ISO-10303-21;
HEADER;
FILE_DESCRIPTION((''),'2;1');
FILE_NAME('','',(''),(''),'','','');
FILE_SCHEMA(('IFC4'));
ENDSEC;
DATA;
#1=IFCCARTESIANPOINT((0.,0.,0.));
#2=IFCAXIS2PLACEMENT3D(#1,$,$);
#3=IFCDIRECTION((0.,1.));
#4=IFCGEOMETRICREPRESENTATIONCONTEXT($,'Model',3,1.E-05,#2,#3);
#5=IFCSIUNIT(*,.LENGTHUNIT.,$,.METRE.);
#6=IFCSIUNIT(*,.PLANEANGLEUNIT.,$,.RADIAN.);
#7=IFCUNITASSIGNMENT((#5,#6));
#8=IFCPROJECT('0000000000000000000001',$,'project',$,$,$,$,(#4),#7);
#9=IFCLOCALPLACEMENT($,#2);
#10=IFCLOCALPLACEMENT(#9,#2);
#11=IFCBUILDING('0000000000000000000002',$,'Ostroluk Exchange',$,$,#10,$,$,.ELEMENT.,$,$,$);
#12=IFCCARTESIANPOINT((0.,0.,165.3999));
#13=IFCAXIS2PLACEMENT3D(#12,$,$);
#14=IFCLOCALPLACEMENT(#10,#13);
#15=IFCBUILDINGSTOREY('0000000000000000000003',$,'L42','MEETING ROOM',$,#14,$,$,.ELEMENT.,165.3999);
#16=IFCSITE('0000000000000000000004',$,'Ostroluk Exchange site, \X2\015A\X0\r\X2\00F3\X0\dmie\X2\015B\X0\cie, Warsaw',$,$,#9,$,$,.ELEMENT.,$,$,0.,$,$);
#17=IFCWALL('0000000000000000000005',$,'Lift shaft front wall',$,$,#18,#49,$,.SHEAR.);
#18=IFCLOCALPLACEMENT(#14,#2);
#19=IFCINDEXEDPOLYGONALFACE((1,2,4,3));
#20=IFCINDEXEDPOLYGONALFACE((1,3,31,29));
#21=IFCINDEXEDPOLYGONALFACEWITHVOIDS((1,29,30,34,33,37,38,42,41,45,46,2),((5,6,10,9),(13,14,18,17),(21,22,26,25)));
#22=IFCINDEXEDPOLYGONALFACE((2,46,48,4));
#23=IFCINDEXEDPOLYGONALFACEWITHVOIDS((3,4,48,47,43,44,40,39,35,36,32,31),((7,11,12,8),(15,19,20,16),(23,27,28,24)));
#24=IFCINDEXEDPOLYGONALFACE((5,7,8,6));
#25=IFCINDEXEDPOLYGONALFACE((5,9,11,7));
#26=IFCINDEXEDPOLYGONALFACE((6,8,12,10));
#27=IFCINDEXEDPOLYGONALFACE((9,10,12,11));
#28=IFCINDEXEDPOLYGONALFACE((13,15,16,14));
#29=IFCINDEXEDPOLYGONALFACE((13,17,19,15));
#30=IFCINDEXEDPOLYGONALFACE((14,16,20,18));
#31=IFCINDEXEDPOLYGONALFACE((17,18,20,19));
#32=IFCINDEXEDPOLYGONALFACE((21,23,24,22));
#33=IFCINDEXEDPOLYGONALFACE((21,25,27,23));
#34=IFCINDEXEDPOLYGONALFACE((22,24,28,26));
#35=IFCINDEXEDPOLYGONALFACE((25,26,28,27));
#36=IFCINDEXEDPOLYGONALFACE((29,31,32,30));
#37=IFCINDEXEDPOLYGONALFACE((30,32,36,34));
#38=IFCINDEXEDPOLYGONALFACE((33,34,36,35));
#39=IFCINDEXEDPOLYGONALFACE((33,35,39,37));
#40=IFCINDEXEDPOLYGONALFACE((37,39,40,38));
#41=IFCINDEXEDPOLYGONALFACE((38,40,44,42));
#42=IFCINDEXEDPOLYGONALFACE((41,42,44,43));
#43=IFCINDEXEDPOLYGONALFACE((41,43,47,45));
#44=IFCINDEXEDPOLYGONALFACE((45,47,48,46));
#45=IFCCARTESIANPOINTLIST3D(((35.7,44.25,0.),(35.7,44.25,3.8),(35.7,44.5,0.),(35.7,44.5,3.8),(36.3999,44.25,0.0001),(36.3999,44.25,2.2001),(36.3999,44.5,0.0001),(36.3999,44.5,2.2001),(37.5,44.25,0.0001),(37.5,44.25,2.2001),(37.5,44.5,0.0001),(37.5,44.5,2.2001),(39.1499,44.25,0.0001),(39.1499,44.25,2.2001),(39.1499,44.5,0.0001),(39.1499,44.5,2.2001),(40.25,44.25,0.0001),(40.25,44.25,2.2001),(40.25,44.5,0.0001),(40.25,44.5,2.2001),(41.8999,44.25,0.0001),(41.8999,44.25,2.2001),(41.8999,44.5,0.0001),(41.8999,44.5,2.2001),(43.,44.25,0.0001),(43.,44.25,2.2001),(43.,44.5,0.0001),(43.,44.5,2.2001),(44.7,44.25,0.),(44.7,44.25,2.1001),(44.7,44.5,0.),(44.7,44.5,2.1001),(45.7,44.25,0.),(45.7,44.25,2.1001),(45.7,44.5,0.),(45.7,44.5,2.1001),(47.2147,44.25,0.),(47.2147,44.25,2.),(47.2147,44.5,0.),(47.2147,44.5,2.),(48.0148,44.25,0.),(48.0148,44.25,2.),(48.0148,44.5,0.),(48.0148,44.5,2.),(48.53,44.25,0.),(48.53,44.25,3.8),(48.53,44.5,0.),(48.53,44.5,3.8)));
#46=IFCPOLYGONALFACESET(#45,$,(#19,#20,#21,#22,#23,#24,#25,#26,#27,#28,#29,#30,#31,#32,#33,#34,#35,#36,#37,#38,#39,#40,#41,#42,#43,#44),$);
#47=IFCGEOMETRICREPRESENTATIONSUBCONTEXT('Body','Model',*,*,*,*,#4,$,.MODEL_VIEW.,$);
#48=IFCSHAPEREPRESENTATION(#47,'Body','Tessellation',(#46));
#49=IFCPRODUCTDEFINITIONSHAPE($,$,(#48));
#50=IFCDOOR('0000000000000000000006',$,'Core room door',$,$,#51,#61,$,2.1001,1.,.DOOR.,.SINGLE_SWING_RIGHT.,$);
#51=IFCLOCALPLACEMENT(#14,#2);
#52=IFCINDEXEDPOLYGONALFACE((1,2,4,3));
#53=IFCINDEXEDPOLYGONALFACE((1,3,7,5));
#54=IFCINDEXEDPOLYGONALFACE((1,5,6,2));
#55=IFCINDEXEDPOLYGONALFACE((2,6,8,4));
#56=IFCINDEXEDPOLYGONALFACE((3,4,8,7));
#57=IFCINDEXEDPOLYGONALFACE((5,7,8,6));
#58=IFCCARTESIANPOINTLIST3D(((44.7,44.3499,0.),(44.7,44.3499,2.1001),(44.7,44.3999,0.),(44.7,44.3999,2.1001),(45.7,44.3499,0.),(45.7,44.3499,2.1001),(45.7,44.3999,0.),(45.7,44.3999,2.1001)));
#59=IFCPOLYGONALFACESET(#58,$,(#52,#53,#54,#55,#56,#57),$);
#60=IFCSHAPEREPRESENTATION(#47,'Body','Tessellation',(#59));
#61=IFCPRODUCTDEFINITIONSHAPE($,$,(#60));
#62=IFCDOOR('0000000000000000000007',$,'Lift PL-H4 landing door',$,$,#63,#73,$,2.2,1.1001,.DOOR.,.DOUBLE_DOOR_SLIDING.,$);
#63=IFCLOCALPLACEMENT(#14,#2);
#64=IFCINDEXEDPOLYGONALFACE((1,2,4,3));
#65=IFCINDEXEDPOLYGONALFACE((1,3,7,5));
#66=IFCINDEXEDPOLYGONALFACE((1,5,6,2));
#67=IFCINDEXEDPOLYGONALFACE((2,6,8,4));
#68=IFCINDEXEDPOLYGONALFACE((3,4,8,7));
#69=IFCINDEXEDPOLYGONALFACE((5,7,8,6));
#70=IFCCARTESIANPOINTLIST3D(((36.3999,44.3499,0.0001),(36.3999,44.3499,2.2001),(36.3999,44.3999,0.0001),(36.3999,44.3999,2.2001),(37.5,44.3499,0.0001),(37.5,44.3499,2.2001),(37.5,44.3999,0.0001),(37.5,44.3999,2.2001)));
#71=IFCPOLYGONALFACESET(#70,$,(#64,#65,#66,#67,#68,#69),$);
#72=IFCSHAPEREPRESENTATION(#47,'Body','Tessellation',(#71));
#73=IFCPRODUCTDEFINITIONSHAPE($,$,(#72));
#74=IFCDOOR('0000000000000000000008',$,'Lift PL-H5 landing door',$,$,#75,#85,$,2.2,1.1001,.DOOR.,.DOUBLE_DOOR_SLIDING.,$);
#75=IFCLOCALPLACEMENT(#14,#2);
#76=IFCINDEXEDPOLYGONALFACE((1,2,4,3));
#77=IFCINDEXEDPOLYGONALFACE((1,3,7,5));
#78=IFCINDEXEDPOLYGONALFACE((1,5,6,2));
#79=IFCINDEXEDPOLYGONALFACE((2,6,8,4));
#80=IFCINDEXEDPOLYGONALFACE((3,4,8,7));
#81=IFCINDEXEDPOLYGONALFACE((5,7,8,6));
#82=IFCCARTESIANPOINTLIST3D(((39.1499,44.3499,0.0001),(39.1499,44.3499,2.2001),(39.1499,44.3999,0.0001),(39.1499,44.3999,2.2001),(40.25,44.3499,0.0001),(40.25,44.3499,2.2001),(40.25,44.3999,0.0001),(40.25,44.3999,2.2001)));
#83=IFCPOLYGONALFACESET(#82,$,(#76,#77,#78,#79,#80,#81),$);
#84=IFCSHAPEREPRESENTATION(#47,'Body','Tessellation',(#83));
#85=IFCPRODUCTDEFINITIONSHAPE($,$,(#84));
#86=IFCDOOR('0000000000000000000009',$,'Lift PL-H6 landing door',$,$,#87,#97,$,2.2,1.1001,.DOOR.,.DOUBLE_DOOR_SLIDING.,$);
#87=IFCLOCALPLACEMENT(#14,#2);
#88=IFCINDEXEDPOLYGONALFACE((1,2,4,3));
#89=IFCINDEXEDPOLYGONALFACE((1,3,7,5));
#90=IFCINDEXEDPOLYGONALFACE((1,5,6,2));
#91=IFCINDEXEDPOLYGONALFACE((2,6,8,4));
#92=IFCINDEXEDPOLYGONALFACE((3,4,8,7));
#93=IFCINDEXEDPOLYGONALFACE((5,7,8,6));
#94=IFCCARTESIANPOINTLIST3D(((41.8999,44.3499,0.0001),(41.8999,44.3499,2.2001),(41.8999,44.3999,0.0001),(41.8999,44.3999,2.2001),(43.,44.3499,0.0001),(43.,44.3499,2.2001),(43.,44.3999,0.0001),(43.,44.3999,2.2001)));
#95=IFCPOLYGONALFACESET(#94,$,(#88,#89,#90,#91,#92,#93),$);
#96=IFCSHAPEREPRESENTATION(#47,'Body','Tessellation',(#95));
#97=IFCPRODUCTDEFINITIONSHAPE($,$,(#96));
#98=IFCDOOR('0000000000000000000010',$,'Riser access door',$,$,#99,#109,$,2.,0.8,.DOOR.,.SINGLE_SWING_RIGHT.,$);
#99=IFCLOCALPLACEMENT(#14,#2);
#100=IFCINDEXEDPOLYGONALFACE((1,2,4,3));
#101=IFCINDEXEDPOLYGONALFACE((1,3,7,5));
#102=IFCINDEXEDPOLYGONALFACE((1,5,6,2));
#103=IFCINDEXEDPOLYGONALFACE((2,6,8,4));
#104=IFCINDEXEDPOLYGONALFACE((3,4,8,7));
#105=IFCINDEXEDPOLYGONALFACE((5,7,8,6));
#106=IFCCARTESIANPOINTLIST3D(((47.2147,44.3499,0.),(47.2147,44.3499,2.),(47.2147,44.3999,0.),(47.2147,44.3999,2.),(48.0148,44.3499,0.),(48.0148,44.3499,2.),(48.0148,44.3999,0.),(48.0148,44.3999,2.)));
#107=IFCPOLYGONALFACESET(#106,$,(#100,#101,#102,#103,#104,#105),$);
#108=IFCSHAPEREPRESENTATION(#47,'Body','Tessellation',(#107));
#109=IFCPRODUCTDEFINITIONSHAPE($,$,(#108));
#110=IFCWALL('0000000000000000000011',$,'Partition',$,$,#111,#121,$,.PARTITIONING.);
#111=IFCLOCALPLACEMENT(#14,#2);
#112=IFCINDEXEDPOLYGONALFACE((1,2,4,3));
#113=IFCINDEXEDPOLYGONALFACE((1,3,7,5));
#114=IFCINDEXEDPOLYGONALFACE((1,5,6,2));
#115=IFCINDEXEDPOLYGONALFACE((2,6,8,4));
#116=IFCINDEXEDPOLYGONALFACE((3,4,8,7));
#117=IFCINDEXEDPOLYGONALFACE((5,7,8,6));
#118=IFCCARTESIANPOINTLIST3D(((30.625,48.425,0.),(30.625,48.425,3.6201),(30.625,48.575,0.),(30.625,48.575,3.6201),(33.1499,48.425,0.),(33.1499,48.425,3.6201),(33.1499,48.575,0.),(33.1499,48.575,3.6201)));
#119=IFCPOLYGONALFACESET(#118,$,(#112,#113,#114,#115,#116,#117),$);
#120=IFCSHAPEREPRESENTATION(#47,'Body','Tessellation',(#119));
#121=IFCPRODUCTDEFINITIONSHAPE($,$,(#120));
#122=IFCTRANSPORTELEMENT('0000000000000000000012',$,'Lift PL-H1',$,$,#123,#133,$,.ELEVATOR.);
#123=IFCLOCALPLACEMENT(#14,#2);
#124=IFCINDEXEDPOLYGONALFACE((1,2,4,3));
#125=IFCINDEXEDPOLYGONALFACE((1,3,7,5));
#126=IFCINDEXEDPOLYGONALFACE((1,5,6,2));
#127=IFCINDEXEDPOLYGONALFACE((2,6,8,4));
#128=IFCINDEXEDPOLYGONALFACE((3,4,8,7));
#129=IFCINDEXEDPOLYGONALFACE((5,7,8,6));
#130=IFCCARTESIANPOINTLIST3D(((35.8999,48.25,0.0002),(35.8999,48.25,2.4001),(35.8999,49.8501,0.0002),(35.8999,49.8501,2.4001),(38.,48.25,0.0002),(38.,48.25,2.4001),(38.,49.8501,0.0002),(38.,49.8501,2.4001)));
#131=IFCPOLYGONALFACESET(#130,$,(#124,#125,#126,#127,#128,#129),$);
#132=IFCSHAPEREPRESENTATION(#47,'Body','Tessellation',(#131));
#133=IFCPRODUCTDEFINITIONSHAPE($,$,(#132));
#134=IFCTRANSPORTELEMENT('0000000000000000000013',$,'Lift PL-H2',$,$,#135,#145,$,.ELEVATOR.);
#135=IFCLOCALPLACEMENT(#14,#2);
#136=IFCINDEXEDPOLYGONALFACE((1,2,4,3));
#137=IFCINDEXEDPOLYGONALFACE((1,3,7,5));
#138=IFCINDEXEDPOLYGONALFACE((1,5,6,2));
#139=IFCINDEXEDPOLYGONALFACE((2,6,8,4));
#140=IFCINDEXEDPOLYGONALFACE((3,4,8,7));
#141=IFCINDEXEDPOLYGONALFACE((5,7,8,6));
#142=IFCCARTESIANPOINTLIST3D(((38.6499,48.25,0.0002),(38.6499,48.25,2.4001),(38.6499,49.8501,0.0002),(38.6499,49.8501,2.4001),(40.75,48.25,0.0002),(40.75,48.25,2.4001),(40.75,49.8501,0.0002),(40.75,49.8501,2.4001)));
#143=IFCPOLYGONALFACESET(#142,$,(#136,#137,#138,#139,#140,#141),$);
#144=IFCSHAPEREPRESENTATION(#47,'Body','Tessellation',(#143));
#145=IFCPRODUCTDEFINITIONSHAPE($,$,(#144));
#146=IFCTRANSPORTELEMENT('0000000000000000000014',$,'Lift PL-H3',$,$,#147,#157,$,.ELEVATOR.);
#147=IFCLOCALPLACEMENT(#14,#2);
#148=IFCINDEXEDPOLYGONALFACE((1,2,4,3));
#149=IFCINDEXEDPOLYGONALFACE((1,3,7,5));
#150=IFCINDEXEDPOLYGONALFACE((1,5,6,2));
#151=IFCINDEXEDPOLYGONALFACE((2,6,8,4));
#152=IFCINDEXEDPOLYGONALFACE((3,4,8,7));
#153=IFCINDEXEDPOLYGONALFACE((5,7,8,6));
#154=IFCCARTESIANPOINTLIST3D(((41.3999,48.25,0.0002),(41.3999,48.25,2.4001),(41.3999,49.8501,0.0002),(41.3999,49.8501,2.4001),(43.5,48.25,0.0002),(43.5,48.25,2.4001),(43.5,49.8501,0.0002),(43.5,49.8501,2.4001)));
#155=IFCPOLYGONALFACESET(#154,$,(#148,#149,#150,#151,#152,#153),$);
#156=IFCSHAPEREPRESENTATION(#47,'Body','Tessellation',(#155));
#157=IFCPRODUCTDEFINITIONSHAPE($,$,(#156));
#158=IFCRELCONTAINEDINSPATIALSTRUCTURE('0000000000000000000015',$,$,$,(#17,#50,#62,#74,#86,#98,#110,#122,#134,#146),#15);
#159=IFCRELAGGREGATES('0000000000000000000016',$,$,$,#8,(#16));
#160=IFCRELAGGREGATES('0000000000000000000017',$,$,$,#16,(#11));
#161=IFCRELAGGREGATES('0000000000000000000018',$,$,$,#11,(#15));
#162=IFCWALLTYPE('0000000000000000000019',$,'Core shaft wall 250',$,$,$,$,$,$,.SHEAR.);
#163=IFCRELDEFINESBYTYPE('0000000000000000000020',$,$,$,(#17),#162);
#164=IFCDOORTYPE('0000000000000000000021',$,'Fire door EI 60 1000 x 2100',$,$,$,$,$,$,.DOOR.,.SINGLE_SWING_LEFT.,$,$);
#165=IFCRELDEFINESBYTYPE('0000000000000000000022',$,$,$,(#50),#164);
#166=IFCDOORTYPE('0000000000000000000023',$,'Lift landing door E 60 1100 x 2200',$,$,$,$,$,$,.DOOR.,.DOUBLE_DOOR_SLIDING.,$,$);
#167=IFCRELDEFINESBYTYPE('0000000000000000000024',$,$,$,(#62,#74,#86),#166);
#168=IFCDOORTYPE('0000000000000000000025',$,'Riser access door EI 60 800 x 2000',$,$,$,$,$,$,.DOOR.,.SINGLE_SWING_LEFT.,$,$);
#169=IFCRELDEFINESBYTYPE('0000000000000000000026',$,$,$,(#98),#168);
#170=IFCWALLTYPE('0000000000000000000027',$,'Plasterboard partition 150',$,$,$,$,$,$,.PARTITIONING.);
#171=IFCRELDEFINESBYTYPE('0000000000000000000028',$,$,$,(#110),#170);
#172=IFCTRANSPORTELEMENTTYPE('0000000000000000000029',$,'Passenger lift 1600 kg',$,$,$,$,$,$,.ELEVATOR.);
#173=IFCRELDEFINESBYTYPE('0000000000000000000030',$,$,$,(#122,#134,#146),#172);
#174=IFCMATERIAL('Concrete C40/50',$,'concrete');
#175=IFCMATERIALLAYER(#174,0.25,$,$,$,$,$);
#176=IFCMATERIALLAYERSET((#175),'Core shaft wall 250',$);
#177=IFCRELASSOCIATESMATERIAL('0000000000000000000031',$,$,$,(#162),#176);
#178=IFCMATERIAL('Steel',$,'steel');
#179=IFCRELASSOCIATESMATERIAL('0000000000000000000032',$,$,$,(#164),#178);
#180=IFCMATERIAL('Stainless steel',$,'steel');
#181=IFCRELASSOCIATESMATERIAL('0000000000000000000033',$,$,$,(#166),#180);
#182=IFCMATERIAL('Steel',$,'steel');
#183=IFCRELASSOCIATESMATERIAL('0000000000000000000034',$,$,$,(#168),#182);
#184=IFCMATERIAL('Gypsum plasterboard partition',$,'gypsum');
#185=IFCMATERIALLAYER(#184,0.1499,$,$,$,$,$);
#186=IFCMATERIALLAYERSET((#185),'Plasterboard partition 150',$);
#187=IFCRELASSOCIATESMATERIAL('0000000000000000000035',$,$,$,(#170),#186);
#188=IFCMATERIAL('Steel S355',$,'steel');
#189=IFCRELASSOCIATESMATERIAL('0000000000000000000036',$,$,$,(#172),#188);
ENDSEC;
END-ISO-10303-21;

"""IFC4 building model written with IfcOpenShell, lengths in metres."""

from ifc_helpers import new_model, si_unit, direction, frame, frame_2d, origin, origin_2d, place, context, subcontext, project, spatial, rectangle, extrude, material, layer, layer_set, type_object, element, fill, save


model = new_model("IFC4")

# Units and contexts
model_context = context("Model", 3, precision=1e-05, world=origin(), true_north=direction((0.0, 1.0)))
body_context = subcontext(model_context, "Body", "Model", "MODEL_VIEW")
ifc_project = project(units=[si_unit("LENGTHUNIT", "METRE"), si_unit("PLANEANGLEUNIT", "RADIAN")], contexts=[model_context])

# Site, building, storey
site_placement = place(None, origin())
site = spatial("IfcSite", under=ifc_project, at=site_placement, Name="Ostroluk Exchange site, Śródmieście, Warsaw", CompositionType="ELEMENT", RefElevation=0.0)
building_placement = place(site_placement, origin())
building = spatial("IfcBuilding", under=site, at=building_placement, Name="Ostroluk Exchange", CompositionType="ELEMENT")
storey_placement = place(building_placement, frame((0.0, 0.0, 165.3999)))
storey = spatial("IfcBuildingStorey", under=building, at=storey_placement, Name="L42", Description="MEETING ROOM", CompositionType="ELEMENT", Elevation=165.3999)

# Shared definitions
ifc_material_1 = material(Name="Concrete C40/50", Category="concrete")
ifc_layer_1 = layer(ifc_material_1, 0.25)
ifc_layer_set_1 = layer_set([ifc_layer_1], Name="Core shaft wall 250")
wall_type_1 = type_object("IfcWallType", Name="Core shaft wall 250", PredefinedType="SHEAR", material=ifc_layer_set_1)

# Wall, openings, doors
ifc_material_2 = material(Name="Steel", Category="steel")
door_type_1 = type_object("IfcDoorType", Name="Fire door EI 60 1000 x 2100", OperationType="SINGLE_SWING_LEFT", PredefinedType="DOOR", material=ifc_material_2)
ifc_material_3 = material(Name="Stainless steel", Category="steel")
door_type_2 = type_object("IfcDoorType", Name="Lift landing door E 60 1100 x 2200", OperationType="DOUBLE_DOOR_SLIDING", PredefinedType="DOOR", material=ifc_material_3)
ifc_material_4 = material(Name="Steel", Category="steel")
door_type_3 = type_object("IfcDoorType", Name="Riser access door EI 60 800 x 2000", OperationType="SINGLE_SWING_LEFT", PredefinedType="DOOR", material=ifc_material_4)
wall_1_placement = place(storey_placement, frame((35.7, 44.375, 0.0), z_axis=(0.0, 0.0, 1.0), x_axis=(1.0, 0.0, 0.0)))
wall_1 = element("IfcWall", 1, at=wall_1_placement, inside=storey, type_object=wall_type_1, Name="Lift shaft front wall", PredefinedType="SHEAR", context=body_context, shape_type="SweptSolid", body=[
    extrude(rectangle(XDim=12.8301, YDim=0.25, at=frame_2d((6.415, 0.0))), origin(), (0.0, 0.0, 1.0), 3.8),
])
opening_1_placement = place(wall_1_placement, frame((0.7, 0.0, 0.0)))
opening_1 = element("IfcOpeningElement", 2, at=opening_1_placement, cuts=wall_1, PredefinedType="OPENING", context=body_context, shape_type="SweptSolid", body=[
    extrude(rectangle(XDim=1.1001, YDim=2.2, at=frame_2d((0.55, 1.1001))), frame((0.0, 0.135, 0.0), z_axis=(0.0, -1.0, 0.0), x_axis=(1.0, 0.0, 0.0)), (0.0, 0.0, 1.0), 0.27),
])
opening_2_placement = place(wall_1_placement, frame((3.45, 0.0, 0.0)))
opening_2 = element("IfcOpeningElement", 3, at=opening_2_placement, cuts=wall_1, PredefinedType="OPENING", context=body_context, shape_type="SweptSolid", body=[
    extrude(rectangle(XDim=1.1001, YDim=2.2, at=frame_2d((0.55, 1.1001))), frame((0.0, 0.135, 0.0), z_axis=(0.0, -1.0, 0.0), x_axis=(1.0, 0.0, 0.0)), (0.0, 0.0, 1.0), 0.27),
])
opening_3_placement = place(wall_1_placement, frame((6.2, 0.0, 0.0)))
opening_3 = element("IfcOpeningElement", 4, at=opening_3_placement, cuts=wall_1, PredefinedType="OPENING", context=body_context, shape_type="SweptSolid", body=[
    extrude(rectangle(XDim=1.1001, YDim=2.2, at=frame_2d((0.55, 1.1001))), frame((0.0, 0.135, 0.0), z_axis=(0.0, -1.0, 0.0), x_axis=(1.0, 0.0, 0.0)), (0.0, 0.0, 1.0), 0.27),
])
opening_4_placement = place(wall_1_placement, frame((9.0, 0.0, 0.0)))
opening_4 = element("IfcOpeningElement", 5, at=opening_4_placement, cuts=wall_1, PredefinedType="OPENING", context=body_context, shape_type="SweptSolid", body=[
    extrude(rectangle(XDim=1.0, YDim=2.1001, at=frame_2d((0.5, 1.05))), frame((0.0, 0.135, 0.0), z_axis=(0.0, -1.0, 0.0), x_axis=(1.0, 0.0, 0.0)), (0.0, 0.0, 1.0), 0.27),
])
opening_5_placement = place(wall_1_placement, frame((11.5149, 0.0, 0.0)))
opening_5 = element("IfcOpeningElement", 6, at=opening_5_placement, cuts=wall_1, PredefinedType="OPENING", context=body_context, shape_type="SweptSolid", body=[
    extrude(rectangle(XDim=0.8, YDim=2.0, at=frame_2d((0.3999, 1.0))), frame((0.0, 0.135, 0.0), z_axis=(0.0, -1.0, 0.0), x_axis=(1.0, 0.0, 0.0)), (0.0, 0.0, 1.0), 0.27),
])
door_1_placement = place(opening_4_placement, origin())
door_1 = element("IfcDoor", 7, at=door_1_placement, inside=storey, type_object=door_type_1, Name="Core room door", OperationType="SINGLE_SWING_RIGHT", OverallHeight=2.1001, OverallWidth=1.0, PredefinedType="DOOR", context=body_context, shape_type="SweptSolid", body=[
    extrude(rectangle(XDim=1.0, YDim=2.1001, at=frame_2d((0.5, 1.05))), frame((0.0, 0.0249, 0.0), z_axis=(0.0, -1.0, 0.0), x_axis=(1.0, 0.0, 0.0)), (0.0, 0.0, 1.0), 0.05),
])
fill(opening_4, door_1)
door_2_placement = place(opening_1_placement, origin())
door_2 = element("IfcDoor", 8, at=door_2_placement, inside=storey, type_object=door_type_2, Name="Lift PL-H4 landing door", OperationType="DOUBLE_DOOR_SLIDING", OverallHeight=2.2, OverallWidth=1.1001, PredefinedType="DOOR", context=body_context, shape_type="SweptSolid", body=[
    extrude(rectangle(XDim=1.1001, YDim=2.2, at=frame_2d((0.55, 1.1001))), frame((0.0, 0.0249, 0.0), z_axis=(0.0, -1.0, 0.0), x_axis=(1.0, 0.0, 0.0)), (0.0, 0.0, 1.0), 0.05),
])
fill(opening_1, door_2)
door_3_placement = place(opening_2_placement, origin())
door_3 = element("IfcDoor", 9, at=door_3_placement, inside=storey, type_object=door_type_2, Name="Lift PL-H5 landing door", OperationType="DOUBLE_DOOR_SLIDING", OverallHeight=2.2, OverallWidth=1.1001, PredefinedType="DOOR", context=body_context, shape_type="SweptSolid", body=[
    extrude(rectangle(XDim=1.1001, YDim=2.2, at=frame_2d((0.55, 1.1001))), frame((0.0, 0.0249, 0.0), z_axis=(0.0, -1.0, 0.0), x_axis=(1.0, 0.0, 0.0)), (0.0, 0.0, 1.0), 0.05),
])
fill(opening_2, door_3)
door_4_placement = place(opening_3_placement, origin())
door_4 = element("IfcDoor", 10, at=door_4_placement, inside=storey, type_object=door_type_2, Name="Lift PL-H6 landing door", OperationType="DOUBLE_DOOR_SLIDING", OverallHeight=2.2, OverallWidth=1.1001, PredefinedType="DOOR", context=body_context, shape_type="SweptSolid", body=[
    extrude(rectangle(XDim=1.1001, YDim=2.2, at=frame_2d((0.55, 1.1001))), frame((0.0, 0.0249, 0.0), z_axis=(0.0, -1.0, 0.0), x_axis=(1.0, 0.0, 0.0)), (0.0, 0.0, 1.0), 0.05),
])
fill(opening_3, door_4)
door_5_placement = place(opening_5_placement, origin())
door_5 = element("IfcDoor", 11, at=door_5_placement, inside=storey, type_object=door_type_3, Name="Riser access door", OperationType="SINGLE_SWING_RIGHT", OverallHeight=2.0, OverallWidth=0.8, PredefinedType="DOOR", context=body_context, shape_type="SweptSolid", body=[
    extrude(rectangle(XDim=0.8, YDim=2.0, at=frame_2d((0.3999, 1.0))), frame((0.0, 0.0249, 0.0), z_axis=(0.0, -1.0, 0.0), x_axis=(1.0, 0.0, 0.0)), (0.0, 0.0, 1.0), 0.05),
])
fill(opening_5, door_5)

# Wall
ifc_material_5 = material(Name="Gypsum plasterboard partition", Category="gypsum")
ifc_layer_2 = layer(ifc_material_5, 0.1499)
ifc_layer_set_2 = layer_set([ifc_layer_2], Name="Plasterboard partition 150")
wall_type_2 = type_object("IfcWallType", Name="Plasterboard partition 150", PredefinedType="PARTITIONING", material=ifc_layer_set_2)
wall_2_placement = place(storey_placement, frame((33.1499, 48.5, 0.0), z_axis=(0.0, 0.0, 1.0), x_axis=(-1.0, 0.0, 0.0)))
element("IfcWall", 12, at=wall_2_placement, inside=storey, type_object=wall_type_2, Name="Partition", PredefinedType="PARTITIONING", context=body_context, shape_type="SweptSolid", body=[
    extrude(rectangle(XDim=2.5249, YDim=0.1499, at=frame_2d((1.2625, 0.0))), origin(), (0.0, 0.0, 1.0), 3.6201),
])

# Transport elements
ifc_material_6 = material(Name="Steel S355", Category="steel")
transport_element_type = type_object("IfcTransportElementType", Name="Passenger lift 1600 kg", PredefinedType="ELEVATOR", material=ifc_material_6)
for number, where, z_axis, x_axis, name in (
    (13, (36.95, 49.05, 0.0002), (0.0, 0.0, 1.0), (1.0, 0.0, 0.0), "Lift PL-H1"),
    (14, (39.7, 49.05, 0.0002), (0.0, 0.0, 1.0), (1.0, 0.0, 0.0), "Lift PL-H2"),
    (15, (42.45, 49.05, 0.0002), (0.0, 0.0, 1.0), (1.0, 0.0, 0.0), "Lift PL-H3"),
):
    element("IfcTransportElement", number, at=place(storey_placement, frame(where, z_axis=z_axis, x_axis=x_axis)), inside=storey, type_object=transport_element_type, Name=name, PredefinedType="ELEVATOR", context=body_context, shape_type="SweptSolid", body=[
        extrude(rectangle(XDim=2.1001, YDim=1.6001, at=origin_2d()), origin(), (0.0, 0.0, 1.0), 2.3999),
    ])

save(model, "model.ifc")
